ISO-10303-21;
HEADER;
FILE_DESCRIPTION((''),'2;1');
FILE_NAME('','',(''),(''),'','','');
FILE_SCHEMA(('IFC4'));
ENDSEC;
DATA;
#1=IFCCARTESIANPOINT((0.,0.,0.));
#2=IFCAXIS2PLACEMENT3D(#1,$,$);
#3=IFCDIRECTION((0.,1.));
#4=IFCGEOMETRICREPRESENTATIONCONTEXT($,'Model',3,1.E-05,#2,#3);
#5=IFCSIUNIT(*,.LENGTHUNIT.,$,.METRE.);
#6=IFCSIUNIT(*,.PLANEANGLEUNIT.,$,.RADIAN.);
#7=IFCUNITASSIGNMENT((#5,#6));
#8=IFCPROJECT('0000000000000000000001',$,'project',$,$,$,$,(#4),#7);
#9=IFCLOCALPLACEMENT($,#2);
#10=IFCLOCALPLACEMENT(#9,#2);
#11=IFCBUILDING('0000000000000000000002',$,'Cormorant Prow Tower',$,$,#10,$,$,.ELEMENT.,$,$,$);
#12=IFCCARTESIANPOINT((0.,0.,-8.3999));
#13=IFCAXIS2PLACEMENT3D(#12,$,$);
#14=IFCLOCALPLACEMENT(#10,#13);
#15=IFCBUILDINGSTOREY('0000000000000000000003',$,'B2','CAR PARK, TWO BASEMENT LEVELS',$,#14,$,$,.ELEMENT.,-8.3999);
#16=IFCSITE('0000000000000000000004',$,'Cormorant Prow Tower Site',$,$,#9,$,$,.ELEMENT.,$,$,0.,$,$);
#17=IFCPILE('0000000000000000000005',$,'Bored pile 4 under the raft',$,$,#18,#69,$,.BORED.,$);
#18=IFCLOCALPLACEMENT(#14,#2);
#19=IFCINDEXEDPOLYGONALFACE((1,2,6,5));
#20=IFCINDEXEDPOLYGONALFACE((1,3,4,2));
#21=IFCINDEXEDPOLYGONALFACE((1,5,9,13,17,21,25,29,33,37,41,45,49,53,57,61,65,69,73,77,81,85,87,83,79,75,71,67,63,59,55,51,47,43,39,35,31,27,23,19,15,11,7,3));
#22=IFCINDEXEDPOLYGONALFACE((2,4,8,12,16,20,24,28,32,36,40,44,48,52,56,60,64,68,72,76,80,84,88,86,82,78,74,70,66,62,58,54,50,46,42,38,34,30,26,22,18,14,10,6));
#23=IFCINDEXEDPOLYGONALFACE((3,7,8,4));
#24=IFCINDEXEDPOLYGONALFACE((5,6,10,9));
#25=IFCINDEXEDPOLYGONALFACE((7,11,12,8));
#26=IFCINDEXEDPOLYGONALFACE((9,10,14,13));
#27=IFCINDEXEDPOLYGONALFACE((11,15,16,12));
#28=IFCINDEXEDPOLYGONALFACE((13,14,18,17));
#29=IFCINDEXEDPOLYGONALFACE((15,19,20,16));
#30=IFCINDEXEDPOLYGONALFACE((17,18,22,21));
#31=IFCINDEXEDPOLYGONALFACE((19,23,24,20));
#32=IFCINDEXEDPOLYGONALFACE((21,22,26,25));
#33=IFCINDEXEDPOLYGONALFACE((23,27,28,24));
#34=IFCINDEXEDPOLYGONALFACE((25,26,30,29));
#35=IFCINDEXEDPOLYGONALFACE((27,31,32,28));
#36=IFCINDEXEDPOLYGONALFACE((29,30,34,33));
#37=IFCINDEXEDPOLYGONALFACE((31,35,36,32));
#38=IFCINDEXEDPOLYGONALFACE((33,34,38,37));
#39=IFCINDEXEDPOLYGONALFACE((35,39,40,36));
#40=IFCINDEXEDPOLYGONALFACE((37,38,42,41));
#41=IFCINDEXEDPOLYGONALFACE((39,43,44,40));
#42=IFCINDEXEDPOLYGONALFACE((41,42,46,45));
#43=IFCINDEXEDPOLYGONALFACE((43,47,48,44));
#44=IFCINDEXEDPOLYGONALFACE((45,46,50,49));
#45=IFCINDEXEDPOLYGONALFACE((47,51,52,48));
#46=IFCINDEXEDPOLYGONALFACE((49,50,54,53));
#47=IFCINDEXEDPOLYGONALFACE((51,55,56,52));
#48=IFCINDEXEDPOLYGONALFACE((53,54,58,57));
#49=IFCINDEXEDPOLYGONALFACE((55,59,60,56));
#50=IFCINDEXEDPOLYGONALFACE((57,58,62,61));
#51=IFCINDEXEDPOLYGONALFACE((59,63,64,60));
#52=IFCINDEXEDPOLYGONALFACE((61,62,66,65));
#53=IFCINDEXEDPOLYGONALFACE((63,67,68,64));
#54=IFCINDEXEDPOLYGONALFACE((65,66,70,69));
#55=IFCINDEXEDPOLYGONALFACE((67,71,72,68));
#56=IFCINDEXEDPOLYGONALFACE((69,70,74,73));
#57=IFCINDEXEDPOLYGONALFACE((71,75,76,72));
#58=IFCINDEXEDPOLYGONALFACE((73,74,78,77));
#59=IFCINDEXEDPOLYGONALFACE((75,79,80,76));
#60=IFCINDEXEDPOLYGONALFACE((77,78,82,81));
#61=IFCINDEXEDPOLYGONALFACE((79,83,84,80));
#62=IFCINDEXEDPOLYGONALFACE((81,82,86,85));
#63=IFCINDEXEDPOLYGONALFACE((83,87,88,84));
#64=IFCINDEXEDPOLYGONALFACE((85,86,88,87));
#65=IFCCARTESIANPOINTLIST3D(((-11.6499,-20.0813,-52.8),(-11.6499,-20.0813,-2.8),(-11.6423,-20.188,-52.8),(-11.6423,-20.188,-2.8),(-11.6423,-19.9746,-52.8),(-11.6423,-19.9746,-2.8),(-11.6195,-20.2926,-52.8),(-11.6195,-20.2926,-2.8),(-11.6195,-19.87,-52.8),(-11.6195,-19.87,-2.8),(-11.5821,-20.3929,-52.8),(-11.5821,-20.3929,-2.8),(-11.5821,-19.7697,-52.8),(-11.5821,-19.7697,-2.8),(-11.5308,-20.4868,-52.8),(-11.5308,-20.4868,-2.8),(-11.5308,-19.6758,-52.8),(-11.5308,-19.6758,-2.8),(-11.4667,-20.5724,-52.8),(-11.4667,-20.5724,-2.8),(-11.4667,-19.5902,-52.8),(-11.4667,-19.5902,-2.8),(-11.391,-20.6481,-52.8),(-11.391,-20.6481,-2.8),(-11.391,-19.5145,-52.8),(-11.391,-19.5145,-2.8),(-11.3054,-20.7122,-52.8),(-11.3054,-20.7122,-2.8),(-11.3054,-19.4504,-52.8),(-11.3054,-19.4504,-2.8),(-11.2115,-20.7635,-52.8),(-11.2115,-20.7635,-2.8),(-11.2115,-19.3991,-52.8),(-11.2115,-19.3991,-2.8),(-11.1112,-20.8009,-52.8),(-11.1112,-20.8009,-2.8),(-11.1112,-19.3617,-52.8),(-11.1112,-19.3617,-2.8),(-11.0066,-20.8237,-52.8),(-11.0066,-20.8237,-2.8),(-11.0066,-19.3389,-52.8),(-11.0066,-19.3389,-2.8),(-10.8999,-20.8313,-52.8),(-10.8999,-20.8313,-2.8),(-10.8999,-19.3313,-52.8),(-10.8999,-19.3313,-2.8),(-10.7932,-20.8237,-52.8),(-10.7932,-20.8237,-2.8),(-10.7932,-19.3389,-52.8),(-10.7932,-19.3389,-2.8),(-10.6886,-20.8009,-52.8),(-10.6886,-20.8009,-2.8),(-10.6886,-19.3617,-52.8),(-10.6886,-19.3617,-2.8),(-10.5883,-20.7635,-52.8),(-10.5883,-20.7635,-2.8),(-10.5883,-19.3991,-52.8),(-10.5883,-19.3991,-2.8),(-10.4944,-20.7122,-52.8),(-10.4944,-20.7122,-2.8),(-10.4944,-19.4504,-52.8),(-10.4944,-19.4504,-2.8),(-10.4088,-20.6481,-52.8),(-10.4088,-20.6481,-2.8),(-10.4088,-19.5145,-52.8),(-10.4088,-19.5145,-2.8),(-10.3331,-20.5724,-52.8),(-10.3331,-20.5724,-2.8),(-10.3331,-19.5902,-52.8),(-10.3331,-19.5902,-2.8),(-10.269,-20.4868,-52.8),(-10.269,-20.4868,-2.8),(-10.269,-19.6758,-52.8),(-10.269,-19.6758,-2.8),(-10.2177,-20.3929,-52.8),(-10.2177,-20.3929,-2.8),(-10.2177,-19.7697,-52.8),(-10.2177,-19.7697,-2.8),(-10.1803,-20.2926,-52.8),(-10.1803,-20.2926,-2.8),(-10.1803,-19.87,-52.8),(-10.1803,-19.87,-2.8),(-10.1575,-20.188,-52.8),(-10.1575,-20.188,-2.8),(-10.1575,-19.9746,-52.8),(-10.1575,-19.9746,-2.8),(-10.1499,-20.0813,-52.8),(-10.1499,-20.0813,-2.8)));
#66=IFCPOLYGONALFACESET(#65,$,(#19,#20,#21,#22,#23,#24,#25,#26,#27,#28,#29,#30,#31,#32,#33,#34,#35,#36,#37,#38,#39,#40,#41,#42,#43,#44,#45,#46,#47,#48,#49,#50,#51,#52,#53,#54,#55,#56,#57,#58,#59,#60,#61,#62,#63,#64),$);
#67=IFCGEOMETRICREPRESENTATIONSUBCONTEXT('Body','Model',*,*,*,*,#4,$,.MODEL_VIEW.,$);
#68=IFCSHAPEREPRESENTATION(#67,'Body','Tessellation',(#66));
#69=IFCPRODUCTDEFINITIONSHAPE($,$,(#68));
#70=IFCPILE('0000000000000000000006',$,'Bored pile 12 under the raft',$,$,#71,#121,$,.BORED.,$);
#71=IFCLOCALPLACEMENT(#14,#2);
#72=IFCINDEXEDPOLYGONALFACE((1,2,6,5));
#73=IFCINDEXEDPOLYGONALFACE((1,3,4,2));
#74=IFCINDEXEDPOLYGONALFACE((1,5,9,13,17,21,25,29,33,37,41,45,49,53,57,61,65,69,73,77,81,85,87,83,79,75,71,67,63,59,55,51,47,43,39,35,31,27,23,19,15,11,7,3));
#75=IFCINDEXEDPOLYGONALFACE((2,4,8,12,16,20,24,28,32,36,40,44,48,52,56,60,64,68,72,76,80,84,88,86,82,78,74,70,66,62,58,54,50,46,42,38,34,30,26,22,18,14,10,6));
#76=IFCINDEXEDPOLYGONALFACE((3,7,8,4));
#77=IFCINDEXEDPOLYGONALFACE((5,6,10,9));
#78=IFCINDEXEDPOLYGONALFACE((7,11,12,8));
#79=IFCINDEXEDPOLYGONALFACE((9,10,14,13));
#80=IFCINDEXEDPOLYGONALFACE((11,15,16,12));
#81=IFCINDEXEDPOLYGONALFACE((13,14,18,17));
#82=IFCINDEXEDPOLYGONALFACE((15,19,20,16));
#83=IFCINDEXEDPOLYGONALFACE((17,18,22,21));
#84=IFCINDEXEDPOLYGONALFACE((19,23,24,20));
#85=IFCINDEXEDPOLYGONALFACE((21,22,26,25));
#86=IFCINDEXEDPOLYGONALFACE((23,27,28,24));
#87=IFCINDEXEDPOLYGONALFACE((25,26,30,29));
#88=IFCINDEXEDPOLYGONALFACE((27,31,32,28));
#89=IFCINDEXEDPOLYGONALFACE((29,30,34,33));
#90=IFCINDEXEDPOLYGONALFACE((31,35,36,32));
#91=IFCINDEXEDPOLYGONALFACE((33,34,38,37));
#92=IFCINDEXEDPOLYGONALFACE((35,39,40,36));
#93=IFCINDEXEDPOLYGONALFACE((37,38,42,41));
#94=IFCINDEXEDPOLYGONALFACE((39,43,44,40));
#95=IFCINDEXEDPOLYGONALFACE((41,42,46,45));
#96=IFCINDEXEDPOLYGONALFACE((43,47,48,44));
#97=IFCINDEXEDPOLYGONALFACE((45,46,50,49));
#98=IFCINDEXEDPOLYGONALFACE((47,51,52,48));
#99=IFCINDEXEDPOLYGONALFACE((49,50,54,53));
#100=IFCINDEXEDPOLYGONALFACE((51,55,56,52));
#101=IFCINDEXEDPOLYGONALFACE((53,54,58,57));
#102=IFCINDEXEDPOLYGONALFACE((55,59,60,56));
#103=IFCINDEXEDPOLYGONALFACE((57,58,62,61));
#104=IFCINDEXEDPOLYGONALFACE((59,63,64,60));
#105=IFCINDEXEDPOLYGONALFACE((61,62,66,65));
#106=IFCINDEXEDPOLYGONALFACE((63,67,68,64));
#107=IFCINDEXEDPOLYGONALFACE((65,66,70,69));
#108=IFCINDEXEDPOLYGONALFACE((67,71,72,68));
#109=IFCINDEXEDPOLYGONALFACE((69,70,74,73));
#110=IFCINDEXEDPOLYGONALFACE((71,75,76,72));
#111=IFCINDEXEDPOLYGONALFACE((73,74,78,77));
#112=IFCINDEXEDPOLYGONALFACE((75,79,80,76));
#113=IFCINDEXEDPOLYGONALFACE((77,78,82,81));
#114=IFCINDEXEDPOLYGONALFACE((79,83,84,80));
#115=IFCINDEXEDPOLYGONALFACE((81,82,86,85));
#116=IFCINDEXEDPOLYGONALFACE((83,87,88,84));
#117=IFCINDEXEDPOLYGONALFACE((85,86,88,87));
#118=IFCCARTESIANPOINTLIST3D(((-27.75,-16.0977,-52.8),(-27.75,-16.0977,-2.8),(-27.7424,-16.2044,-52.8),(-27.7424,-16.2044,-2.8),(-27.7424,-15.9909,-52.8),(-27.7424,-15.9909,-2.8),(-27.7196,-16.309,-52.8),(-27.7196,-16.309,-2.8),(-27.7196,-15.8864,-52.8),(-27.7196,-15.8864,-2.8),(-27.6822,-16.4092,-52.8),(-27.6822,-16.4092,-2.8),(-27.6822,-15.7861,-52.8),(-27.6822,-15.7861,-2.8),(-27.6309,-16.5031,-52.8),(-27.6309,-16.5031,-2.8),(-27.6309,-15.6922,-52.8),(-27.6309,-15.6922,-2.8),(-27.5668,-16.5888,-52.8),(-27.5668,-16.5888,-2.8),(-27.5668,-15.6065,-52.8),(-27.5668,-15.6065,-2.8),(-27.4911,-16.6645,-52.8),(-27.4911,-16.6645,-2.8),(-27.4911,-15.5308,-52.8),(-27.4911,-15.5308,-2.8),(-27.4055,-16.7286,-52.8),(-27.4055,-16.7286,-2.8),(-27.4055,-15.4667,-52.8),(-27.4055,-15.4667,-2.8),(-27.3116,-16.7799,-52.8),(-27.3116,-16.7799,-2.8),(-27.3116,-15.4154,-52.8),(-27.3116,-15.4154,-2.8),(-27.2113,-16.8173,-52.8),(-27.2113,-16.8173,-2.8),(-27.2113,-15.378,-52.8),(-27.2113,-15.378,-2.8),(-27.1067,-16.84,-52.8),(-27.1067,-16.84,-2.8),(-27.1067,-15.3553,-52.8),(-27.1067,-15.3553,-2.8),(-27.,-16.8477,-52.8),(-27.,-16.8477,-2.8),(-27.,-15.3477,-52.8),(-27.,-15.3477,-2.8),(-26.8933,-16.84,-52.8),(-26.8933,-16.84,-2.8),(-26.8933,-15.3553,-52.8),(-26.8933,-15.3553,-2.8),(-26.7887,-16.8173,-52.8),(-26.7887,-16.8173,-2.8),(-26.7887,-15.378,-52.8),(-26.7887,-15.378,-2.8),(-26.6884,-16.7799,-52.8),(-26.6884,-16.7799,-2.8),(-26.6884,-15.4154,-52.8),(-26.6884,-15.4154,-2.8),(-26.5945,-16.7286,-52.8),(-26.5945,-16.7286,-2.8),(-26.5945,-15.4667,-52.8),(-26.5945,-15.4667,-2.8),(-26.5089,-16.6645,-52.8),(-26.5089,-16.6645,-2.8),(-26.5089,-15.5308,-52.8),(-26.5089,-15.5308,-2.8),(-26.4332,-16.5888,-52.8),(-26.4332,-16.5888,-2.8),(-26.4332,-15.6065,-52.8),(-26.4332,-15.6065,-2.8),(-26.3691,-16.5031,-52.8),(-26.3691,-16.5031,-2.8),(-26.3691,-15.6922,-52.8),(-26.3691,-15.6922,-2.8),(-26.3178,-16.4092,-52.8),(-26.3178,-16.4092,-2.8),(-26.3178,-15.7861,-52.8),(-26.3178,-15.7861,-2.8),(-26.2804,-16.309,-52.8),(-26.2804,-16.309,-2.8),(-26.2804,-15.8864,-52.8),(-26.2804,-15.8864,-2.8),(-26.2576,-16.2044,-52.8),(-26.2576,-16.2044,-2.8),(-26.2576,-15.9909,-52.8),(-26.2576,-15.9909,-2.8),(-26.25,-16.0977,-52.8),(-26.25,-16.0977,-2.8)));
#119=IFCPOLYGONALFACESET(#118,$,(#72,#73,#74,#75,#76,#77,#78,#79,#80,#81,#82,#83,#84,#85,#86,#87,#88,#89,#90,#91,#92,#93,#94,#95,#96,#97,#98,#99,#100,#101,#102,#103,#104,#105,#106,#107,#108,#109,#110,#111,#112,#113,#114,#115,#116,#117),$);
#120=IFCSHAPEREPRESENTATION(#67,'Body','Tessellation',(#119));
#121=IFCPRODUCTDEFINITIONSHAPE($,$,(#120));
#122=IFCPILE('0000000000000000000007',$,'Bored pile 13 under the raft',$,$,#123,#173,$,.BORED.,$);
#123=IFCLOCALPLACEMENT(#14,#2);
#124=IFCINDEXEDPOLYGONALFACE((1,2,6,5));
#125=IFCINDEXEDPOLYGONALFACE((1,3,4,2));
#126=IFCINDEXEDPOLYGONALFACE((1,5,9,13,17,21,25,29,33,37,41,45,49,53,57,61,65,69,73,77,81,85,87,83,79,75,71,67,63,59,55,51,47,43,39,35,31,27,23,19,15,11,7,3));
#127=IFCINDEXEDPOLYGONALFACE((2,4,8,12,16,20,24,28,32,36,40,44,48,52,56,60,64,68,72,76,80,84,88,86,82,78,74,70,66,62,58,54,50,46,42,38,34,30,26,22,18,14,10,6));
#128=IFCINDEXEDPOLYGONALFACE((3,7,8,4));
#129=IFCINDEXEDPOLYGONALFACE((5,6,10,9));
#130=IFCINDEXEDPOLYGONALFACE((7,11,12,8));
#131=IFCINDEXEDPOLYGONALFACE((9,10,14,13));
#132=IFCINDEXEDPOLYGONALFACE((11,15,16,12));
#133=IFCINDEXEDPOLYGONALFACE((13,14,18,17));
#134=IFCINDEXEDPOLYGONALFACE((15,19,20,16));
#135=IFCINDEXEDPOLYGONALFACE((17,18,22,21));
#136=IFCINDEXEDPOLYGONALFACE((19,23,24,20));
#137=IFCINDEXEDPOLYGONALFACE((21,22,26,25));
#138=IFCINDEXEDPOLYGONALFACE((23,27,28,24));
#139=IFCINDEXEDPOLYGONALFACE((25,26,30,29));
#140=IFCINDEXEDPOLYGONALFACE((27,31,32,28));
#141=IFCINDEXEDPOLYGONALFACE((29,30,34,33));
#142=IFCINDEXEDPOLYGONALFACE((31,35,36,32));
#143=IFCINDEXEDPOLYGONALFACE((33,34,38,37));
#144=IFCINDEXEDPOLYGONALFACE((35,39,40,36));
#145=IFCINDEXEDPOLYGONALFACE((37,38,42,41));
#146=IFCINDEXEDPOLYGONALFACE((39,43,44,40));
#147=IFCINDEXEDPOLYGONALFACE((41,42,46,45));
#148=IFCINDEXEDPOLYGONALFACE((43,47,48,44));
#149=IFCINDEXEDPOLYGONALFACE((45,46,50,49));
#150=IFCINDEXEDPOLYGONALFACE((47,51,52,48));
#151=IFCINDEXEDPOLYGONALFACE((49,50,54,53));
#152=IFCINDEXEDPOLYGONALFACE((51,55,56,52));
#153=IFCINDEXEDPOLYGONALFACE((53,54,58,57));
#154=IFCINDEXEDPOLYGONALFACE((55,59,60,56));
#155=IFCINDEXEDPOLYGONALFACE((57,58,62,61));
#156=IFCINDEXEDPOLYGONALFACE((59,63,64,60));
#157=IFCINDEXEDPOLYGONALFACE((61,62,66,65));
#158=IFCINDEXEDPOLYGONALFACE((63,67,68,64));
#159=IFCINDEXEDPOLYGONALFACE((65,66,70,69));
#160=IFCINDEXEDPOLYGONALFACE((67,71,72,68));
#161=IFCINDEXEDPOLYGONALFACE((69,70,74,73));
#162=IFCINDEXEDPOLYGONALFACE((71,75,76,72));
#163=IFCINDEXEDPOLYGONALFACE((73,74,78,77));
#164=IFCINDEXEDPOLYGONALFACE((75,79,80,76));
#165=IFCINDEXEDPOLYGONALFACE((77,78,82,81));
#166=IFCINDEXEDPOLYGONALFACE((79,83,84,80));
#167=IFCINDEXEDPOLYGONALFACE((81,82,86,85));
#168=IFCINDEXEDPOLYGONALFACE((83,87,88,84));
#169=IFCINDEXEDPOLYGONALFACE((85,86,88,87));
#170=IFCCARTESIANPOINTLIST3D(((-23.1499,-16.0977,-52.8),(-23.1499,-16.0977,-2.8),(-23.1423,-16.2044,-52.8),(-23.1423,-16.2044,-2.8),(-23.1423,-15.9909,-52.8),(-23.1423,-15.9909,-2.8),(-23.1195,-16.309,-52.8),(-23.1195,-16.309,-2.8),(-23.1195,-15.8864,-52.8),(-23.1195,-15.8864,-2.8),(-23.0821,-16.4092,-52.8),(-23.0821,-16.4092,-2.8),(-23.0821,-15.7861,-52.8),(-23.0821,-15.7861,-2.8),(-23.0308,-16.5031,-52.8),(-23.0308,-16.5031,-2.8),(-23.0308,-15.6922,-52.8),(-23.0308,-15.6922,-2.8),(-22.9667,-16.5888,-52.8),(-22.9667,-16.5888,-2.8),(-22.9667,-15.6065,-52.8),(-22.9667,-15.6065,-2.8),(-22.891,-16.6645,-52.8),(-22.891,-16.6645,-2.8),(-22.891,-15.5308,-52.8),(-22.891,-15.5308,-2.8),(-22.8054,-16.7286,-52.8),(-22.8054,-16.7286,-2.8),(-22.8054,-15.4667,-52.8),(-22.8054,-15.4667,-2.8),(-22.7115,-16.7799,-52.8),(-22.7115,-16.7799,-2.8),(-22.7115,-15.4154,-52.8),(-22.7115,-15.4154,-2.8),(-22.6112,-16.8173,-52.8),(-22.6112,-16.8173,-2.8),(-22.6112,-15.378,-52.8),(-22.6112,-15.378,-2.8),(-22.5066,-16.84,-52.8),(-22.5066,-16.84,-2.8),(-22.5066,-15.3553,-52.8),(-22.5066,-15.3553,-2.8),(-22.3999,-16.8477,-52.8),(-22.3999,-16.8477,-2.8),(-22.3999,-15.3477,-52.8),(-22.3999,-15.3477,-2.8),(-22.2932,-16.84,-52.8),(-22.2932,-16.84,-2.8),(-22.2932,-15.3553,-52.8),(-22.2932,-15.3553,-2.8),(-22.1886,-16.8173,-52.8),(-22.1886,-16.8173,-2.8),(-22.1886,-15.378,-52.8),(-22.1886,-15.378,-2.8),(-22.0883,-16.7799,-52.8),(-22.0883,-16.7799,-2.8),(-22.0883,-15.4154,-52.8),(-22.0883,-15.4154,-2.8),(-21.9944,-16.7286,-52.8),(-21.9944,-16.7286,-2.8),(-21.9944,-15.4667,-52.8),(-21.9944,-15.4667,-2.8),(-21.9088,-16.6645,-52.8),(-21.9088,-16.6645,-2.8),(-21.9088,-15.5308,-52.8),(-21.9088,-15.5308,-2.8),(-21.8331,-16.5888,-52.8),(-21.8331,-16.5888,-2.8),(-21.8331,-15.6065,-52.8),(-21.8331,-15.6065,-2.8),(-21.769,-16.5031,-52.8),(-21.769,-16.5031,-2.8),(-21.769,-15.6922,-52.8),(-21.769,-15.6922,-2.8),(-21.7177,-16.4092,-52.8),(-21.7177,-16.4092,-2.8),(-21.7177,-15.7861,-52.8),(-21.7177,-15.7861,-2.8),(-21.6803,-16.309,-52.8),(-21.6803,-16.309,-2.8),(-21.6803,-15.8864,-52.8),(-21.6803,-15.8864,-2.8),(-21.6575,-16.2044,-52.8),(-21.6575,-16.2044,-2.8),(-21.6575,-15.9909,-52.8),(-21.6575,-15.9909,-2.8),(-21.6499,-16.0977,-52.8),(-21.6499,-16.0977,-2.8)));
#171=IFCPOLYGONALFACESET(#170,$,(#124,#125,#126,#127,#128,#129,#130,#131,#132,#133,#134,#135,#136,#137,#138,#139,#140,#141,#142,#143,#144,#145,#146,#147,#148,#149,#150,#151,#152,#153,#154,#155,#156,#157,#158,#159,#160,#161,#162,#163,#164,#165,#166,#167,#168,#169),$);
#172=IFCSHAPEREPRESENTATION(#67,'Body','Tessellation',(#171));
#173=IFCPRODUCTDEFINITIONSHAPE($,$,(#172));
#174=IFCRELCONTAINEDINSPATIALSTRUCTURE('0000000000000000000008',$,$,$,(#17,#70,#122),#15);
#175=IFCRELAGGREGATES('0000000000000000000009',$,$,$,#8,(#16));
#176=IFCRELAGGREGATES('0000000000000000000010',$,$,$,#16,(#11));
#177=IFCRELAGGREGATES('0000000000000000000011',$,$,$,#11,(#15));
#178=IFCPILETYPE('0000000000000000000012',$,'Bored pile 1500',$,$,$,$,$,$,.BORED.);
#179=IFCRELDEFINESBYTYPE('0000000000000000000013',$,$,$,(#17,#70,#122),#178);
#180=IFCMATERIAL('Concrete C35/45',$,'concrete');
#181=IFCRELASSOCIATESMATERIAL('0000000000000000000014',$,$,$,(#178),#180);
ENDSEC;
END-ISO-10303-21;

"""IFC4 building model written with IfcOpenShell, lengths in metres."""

from ifc_helpers import new_model, si_unit, direction, frame, origin, origin_2d, place, context, subcontext, project, spatial, circle, extrude, material, material_profile, profile_set, type_object, element, save


model = new_model("IFC4")

# Units and contexts
model_context = context("Model", 3, precision=1e-05, world=origin(), true_north=direction((0.0, 1.0)))
body_context = subcontext(model_context, "Body", "Model", "MODEL_VIEW")
ifc_project = project(units=[si_unit("LENGTHUNIT", "METRE"), si_unit("PLANEANGLEUNIT", "RADIAN")], contexts=[model_context])

# Site, building, storey
site_placement = place(None, origin())
site = spatial("IfcSite", under=ifc_project, at=site_placement, Name="Cormorant Prow Tower Site", CompositionType="ELEMENT", RefElevation=0.0)
building_placement = place(site_placement, origin())
building = spatial("IfcBuilding", under=site, at=building_placement, Name="Cormorant Prow Tower", CompositionType="ELEMENT")
storey_placement = place(building_placement, frame((0.0, 0.0, -8.3999)))
storey = spatial("IfcBuildingStorey", under=building, at=storey_placement, Name="B2", Description="CAR PARK, TWO BASEMENT LEVELS", CompositionType="ELEMENT", Elevation=-8.3999)

# Piles
ifc_material_1 = material(Name="Concrete C35/45", Category="concrete")
ifc_material_profile_1 = material_profile(ifc_material_1, circle(Radius=0.75, at=origin_2d()), Name="Round 1500")
ifc_profile_set_1 = profile_set([ifc_material_profile_1], Name="Concrete C35/45")
pile_type_1 = type_object("IfcPileType", Name="Bored pile 1500", PredefinedType="BORED", material=ifc_profile_set_1)
for number, where, z_axis, x_axis, name in (
    (1, (-10.8999, -20.0813, -2.8), (0.0, 0.0, -1.0), (1.0, 0.0, 0.0), "Bored pile 4 under the raft"),
    (2, (-27.0, -16.0977, -2.8), (0.0, 0.0, -1.0), (1.0, 0.0, 0.0), "Bored pile 12 under the raft"),
    (3, (-22.3999, -16.0977, -2.8), (0.0, 0.0, -1.0), (1.0, 0.0, 0.0), "Bored pile 13 under the raft"),
):
    element("IfcPile", number, at=place(storey_placement, frame(where, z_axis=z_axis, x_axis=x_axis)), inside=storey, type_object=pile_type_1, Name=name, PredefinedType="BORED", context=body_context, shape_type="SweptSolid", body=[
        extrude(circle(Radius=0.75, at=origin_2d()), origin(), (0.0, 0.0, 1.0), 50.0),
    ])

save(model, "model.ifc")
